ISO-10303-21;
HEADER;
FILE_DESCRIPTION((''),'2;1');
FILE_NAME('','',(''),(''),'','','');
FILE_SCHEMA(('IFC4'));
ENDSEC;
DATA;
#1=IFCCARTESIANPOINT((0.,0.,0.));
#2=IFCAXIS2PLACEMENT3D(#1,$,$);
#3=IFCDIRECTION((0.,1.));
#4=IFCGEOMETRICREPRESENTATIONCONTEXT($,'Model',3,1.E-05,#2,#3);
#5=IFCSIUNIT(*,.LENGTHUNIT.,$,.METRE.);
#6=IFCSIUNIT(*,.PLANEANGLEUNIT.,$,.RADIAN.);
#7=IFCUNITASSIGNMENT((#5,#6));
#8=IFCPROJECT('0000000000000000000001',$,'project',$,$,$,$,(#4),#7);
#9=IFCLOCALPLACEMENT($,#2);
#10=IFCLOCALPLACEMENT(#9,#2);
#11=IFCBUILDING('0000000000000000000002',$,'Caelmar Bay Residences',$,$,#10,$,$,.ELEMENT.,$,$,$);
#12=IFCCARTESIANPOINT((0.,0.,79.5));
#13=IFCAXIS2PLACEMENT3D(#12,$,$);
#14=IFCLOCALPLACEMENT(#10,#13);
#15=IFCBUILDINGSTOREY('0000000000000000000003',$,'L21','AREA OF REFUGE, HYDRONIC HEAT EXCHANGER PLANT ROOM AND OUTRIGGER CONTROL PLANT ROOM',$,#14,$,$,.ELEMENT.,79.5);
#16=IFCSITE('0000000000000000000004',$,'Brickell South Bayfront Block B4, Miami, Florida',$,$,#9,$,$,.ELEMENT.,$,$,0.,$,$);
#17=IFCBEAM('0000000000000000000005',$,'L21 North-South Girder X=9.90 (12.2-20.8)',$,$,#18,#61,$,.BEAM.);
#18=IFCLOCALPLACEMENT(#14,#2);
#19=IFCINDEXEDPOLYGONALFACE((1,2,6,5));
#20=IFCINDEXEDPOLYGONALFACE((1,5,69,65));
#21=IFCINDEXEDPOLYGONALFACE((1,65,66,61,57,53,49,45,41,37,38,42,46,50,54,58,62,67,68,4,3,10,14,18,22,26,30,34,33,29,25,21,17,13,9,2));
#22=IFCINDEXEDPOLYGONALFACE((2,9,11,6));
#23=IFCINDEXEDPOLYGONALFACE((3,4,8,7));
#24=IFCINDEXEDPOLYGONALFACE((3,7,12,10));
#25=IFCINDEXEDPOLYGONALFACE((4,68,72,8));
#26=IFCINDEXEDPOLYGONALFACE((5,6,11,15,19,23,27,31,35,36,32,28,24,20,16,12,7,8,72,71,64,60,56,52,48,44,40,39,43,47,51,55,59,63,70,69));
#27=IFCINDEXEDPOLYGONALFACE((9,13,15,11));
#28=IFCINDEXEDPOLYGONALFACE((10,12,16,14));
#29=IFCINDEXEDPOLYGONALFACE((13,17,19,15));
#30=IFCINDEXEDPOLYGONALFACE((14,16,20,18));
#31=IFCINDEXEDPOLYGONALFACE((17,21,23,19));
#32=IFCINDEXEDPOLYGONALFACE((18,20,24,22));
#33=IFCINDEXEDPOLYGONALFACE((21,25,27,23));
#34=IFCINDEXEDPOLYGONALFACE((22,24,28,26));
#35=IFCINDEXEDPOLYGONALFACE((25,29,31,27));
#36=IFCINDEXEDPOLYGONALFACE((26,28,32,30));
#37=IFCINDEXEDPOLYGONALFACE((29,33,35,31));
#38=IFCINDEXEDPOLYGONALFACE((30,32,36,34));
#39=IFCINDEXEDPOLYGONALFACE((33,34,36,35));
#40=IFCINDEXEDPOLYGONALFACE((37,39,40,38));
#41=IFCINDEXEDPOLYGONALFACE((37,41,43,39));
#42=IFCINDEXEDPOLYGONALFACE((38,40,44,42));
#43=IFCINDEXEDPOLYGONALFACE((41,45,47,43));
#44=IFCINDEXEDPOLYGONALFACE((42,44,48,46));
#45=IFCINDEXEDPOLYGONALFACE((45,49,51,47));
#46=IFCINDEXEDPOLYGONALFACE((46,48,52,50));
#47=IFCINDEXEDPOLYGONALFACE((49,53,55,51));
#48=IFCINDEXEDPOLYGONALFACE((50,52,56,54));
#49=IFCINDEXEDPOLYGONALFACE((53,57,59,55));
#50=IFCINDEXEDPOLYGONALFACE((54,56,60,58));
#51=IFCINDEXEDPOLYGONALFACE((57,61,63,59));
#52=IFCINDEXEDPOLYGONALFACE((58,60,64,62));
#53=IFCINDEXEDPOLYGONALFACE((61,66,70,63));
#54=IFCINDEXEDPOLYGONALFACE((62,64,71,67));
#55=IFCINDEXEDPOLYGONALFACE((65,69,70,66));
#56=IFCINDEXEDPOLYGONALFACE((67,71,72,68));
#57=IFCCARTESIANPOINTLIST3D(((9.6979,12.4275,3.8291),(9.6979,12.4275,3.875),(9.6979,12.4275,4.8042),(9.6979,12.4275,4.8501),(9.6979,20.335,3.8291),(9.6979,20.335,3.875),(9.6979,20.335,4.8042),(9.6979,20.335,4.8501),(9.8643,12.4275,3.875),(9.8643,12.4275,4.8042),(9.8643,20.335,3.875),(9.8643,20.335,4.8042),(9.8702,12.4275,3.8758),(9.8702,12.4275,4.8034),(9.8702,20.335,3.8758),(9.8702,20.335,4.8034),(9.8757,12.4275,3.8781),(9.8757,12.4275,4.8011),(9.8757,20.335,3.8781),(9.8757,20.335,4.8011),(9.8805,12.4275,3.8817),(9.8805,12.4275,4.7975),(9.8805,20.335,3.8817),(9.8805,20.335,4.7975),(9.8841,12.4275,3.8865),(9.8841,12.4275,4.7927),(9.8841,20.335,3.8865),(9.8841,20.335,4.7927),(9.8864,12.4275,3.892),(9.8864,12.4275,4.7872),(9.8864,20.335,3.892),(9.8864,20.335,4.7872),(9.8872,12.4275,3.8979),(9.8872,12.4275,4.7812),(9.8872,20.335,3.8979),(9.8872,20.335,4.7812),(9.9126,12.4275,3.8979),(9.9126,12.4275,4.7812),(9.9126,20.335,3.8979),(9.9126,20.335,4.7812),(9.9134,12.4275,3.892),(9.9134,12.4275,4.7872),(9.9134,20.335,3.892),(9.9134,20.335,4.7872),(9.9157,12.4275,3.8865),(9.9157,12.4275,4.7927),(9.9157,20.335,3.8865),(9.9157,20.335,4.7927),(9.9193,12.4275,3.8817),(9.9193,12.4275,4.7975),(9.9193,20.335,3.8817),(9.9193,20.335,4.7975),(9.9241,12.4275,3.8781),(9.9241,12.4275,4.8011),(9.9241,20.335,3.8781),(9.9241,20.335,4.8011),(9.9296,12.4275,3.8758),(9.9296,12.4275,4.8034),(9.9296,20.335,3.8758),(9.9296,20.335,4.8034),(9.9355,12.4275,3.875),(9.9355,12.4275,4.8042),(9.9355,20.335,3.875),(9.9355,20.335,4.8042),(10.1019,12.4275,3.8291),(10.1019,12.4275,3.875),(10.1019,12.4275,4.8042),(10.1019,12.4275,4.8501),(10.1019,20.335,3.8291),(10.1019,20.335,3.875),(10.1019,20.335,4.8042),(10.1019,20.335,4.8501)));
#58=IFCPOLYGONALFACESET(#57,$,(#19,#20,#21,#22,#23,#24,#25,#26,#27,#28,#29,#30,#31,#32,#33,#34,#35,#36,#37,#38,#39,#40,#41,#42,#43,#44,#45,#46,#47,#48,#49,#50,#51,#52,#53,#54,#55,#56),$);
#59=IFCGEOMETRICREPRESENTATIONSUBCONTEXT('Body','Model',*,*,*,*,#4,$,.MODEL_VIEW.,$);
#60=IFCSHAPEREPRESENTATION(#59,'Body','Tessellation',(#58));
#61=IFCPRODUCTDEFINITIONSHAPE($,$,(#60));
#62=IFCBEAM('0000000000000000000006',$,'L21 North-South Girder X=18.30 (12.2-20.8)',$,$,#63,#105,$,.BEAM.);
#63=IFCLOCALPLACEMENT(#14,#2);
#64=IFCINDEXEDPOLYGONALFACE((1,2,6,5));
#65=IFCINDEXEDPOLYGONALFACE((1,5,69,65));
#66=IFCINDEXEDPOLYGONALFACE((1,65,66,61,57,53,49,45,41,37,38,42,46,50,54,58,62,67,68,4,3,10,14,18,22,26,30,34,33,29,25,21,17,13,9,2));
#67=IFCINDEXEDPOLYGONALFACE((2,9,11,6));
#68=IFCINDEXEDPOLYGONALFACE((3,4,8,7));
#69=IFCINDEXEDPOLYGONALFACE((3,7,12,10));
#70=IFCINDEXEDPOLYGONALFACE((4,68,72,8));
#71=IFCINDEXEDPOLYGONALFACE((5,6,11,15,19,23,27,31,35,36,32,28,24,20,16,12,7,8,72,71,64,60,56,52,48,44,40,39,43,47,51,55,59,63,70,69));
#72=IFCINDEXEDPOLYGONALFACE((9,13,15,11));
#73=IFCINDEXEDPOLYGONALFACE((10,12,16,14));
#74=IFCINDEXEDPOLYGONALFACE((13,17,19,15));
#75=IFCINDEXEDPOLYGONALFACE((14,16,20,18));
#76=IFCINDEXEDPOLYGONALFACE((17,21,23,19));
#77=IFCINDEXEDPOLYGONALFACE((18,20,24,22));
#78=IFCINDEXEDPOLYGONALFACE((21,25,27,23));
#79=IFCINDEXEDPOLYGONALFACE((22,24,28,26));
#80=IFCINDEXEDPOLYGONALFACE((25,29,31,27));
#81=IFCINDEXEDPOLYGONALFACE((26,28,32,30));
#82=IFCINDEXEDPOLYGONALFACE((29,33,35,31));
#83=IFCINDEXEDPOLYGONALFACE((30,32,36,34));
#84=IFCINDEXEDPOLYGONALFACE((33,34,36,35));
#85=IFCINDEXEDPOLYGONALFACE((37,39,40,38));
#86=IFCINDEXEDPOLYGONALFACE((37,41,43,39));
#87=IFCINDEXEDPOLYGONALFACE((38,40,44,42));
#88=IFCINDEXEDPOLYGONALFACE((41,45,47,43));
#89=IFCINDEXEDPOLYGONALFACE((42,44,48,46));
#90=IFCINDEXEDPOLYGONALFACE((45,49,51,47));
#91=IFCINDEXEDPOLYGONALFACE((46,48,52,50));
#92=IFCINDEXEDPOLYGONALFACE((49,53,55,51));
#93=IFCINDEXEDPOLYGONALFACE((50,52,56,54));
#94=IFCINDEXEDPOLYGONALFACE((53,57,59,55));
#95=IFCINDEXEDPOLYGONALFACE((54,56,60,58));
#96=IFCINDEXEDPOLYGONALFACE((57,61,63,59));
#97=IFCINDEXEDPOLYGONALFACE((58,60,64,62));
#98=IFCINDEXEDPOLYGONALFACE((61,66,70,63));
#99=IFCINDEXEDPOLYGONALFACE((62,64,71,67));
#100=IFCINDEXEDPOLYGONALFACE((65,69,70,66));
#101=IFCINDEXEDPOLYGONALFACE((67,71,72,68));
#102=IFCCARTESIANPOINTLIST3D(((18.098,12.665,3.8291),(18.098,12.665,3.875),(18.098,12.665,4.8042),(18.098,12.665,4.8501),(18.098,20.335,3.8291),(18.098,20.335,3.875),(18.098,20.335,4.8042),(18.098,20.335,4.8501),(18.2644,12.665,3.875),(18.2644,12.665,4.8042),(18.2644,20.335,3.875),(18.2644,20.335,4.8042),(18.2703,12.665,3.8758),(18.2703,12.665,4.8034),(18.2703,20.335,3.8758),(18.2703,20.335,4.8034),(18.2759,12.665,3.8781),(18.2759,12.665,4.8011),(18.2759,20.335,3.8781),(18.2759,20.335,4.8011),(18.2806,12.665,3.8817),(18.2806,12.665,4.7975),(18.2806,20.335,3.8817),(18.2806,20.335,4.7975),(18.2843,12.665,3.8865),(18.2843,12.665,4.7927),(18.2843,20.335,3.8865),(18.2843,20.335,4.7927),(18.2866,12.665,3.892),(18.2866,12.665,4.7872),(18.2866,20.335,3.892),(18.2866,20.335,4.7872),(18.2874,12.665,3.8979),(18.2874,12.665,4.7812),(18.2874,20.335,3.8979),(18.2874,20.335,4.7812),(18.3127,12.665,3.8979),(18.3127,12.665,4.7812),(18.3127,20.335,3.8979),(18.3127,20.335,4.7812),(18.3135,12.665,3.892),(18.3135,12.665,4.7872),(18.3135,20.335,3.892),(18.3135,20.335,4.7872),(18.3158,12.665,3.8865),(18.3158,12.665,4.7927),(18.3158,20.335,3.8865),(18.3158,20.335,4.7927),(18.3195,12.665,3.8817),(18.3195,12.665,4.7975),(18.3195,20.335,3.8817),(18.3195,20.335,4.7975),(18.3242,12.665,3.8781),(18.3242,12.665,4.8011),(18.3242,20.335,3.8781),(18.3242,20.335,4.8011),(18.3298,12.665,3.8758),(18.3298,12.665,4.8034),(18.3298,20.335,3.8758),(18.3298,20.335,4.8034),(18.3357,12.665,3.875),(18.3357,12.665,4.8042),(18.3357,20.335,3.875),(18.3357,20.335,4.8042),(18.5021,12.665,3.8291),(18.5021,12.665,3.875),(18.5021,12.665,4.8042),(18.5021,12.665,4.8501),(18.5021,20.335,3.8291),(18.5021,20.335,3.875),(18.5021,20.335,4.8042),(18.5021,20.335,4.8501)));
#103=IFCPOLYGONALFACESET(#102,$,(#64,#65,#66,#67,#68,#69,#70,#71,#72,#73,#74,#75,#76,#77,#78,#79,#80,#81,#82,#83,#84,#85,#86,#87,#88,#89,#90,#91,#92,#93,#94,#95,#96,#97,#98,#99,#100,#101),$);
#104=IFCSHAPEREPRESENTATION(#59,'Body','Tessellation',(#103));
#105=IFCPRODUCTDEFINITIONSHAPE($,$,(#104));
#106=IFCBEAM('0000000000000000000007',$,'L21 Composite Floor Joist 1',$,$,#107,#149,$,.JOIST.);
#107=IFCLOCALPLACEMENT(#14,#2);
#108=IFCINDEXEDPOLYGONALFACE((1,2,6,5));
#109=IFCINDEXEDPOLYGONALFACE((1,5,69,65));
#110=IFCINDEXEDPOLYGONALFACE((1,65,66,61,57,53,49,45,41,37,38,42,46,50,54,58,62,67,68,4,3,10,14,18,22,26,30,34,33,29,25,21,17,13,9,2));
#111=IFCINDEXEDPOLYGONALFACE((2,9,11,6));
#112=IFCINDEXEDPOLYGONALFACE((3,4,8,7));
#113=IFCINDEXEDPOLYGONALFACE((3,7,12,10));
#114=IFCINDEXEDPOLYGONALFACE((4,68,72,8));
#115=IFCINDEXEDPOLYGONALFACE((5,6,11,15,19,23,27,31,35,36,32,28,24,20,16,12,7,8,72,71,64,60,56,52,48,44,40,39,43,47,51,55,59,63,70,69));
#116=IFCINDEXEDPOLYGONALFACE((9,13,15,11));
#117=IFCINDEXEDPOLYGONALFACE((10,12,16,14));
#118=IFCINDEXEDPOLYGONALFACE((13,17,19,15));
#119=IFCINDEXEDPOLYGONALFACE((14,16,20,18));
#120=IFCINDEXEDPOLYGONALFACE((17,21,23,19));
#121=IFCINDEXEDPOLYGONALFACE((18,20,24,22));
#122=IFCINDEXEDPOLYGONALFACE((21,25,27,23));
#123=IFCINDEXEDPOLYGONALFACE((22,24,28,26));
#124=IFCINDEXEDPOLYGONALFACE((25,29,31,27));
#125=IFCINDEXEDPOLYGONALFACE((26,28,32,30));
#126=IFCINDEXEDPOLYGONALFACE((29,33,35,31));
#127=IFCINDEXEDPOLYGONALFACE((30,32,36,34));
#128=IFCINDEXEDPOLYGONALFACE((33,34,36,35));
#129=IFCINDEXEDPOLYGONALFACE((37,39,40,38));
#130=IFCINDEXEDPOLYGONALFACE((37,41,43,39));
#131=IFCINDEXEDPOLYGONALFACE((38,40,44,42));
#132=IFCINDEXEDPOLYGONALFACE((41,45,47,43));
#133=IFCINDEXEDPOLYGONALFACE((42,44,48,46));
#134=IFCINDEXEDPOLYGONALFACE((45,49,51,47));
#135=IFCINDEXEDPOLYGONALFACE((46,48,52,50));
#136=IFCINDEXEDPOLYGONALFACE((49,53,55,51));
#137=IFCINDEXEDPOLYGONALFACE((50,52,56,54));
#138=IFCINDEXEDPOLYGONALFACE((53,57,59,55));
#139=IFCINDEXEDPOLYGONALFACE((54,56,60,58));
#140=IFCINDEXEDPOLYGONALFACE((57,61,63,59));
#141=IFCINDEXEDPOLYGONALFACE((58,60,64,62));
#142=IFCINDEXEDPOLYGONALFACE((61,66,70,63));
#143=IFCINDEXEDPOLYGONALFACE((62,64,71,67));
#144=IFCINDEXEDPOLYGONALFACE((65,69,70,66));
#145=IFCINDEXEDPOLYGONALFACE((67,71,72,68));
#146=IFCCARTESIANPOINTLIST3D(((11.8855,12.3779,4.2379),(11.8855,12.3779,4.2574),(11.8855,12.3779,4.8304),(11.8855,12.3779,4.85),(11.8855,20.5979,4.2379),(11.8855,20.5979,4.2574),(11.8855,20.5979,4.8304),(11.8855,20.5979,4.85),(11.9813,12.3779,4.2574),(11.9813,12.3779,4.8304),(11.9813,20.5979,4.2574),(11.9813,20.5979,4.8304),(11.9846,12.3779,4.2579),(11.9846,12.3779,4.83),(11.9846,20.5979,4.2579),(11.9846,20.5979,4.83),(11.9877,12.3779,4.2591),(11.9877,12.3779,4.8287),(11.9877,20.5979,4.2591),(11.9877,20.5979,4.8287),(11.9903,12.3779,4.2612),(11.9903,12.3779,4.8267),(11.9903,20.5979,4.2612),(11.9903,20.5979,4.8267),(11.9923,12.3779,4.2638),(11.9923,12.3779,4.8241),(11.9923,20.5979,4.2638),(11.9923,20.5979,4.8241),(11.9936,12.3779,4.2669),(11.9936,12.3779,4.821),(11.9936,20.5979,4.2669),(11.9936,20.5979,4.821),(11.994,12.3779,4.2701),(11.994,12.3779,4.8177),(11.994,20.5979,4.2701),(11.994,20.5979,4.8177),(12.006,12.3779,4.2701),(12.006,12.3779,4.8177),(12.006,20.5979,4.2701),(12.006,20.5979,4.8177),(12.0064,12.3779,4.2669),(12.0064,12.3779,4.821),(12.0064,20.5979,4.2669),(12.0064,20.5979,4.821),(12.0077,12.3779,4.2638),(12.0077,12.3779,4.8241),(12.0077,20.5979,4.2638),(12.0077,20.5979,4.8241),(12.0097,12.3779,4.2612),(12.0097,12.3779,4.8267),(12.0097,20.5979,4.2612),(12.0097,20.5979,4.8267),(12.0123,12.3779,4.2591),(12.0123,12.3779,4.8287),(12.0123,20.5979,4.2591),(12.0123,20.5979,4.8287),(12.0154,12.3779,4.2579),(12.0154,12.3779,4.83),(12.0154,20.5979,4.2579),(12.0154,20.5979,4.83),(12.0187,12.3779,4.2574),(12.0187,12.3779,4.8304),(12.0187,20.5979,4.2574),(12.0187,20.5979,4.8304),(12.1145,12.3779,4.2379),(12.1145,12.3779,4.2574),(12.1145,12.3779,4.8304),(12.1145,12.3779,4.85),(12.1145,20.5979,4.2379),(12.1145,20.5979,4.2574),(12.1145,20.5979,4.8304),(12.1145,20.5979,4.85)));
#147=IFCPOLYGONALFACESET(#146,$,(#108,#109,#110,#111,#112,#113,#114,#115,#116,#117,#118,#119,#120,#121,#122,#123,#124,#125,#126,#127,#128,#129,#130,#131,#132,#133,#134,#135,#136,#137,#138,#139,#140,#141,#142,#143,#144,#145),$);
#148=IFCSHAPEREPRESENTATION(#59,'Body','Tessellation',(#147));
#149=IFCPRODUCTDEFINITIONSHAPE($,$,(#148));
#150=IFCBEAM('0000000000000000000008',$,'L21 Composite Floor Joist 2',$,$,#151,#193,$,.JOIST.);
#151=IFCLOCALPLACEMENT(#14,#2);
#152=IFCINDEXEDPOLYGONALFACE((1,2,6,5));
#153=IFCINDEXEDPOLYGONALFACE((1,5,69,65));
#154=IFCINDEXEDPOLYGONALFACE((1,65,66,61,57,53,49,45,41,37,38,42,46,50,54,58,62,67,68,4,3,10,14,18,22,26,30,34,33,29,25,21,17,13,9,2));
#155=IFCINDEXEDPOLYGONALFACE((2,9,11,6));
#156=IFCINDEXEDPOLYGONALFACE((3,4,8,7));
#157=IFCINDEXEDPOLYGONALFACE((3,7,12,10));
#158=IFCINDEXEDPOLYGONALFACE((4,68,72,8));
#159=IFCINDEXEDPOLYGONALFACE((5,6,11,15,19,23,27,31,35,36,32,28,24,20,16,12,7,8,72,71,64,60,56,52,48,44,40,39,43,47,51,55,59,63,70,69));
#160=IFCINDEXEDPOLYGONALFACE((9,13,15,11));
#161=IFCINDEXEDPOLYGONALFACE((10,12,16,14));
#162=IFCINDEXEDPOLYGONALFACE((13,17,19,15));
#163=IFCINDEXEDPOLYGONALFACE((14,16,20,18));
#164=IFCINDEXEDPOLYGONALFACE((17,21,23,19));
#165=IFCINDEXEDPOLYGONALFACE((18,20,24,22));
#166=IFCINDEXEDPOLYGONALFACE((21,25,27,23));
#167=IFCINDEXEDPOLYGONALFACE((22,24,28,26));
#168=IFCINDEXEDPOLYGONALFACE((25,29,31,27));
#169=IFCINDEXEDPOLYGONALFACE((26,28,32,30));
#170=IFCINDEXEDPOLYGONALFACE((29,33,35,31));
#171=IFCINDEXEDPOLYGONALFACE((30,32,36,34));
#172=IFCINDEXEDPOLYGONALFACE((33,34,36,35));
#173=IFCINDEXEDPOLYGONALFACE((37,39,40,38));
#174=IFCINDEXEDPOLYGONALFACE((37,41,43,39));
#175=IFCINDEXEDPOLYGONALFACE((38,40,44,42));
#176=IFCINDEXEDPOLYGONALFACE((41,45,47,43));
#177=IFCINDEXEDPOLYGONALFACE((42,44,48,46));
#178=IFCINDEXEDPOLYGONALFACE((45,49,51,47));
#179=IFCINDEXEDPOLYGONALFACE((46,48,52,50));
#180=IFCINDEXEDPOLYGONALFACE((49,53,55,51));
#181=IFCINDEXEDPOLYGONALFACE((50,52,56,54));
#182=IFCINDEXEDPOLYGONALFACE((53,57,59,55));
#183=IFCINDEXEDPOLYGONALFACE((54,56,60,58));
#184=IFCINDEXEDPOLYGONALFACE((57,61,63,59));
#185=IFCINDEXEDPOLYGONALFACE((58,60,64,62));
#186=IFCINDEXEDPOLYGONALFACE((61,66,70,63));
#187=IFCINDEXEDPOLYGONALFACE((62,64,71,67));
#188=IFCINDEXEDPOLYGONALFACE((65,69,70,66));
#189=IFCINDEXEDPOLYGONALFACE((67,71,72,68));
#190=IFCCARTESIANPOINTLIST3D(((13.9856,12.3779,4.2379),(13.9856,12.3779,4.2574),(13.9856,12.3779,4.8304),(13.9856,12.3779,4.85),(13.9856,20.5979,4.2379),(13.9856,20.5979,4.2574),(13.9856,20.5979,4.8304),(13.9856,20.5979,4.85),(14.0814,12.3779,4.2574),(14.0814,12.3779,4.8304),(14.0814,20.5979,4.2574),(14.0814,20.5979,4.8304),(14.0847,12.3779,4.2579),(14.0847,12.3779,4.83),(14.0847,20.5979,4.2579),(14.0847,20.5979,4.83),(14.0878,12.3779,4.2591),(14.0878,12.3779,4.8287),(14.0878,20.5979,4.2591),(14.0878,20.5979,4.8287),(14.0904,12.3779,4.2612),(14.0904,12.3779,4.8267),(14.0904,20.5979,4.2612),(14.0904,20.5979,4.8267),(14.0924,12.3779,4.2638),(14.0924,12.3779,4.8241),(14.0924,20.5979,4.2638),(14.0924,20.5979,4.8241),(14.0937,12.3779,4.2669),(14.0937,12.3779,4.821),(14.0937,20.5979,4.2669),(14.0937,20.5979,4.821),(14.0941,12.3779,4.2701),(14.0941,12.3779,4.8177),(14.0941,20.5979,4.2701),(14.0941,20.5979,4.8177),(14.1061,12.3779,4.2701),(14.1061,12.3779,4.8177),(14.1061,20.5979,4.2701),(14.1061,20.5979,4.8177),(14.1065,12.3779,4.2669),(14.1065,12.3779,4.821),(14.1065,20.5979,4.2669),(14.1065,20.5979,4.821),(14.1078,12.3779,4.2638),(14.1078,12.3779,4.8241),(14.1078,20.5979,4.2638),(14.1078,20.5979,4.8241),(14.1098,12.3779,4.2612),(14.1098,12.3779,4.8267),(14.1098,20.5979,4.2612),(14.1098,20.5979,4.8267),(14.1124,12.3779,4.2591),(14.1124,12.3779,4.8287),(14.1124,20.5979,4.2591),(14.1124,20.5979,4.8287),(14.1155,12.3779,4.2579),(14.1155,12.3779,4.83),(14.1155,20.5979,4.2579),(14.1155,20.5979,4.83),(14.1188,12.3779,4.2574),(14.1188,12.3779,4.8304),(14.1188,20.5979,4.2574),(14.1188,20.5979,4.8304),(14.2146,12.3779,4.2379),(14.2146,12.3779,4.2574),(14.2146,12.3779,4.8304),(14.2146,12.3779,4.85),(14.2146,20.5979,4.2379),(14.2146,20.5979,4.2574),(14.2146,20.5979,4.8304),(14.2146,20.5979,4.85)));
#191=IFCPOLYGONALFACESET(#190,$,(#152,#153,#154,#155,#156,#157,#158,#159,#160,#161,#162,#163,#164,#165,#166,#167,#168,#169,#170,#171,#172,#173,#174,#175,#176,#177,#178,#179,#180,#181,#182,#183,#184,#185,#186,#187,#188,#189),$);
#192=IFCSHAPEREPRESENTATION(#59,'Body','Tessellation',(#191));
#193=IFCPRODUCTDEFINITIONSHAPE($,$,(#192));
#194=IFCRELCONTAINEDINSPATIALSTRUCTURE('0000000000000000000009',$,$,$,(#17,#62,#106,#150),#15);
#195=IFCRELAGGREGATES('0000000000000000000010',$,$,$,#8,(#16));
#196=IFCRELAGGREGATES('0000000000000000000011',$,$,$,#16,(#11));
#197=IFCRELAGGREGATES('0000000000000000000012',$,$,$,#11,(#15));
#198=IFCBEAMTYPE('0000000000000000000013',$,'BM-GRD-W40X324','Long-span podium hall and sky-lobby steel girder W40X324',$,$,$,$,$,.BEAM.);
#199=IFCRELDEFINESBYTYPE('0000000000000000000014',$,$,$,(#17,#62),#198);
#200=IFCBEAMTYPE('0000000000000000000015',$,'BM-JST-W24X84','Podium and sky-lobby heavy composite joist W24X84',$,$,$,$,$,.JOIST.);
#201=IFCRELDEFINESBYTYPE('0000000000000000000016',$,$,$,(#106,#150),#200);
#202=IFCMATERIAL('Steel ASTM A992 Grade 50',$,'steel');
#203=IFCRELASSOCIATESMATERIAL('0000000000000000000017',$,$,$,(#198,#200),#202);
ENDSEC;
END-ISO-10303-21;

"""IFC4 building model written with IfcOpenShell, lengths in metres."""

from ifc_helpers import new_model, si_unit, direction, frame, origin, origin_2d, place, context, subcontext, project, spatial, i_section, extrude, material, material_profile, profile_set, type_object, element, save


model = new_model("IFC4")

# Units and contexts
model_context = context("Model", 3, precision=1e-05, world=origin(), true_north=direction((0.0, 1.0)))
body_context = subcontext(model_context, "Body", "Model", "MODEL_VIEW")
ifc_project = project(units=[si_unit("LENGTHUNIT", "METRE"), si_unit("PLANEANGLEUNIT", "RADIAN")], contexts=[model_context])

# Site, building, storey
site_placement = place(None, origin())
site = spatial("IfcSite", under=ifc_project, at=site_placement, Name="Brickell South Bayfront Block B4, Miami, Florida", CompositionType="ELEMENT", RefElevation=0.0)
building_placement = place(site_placement, origin())
building = spatial("IfcBuilding", under=site, at=building_placement, Name="Caelmar Bay Residences", CompositionType="ELEMENT")
storey_placement = place(building_placement, frame((0.0, 0.0, 79.5)))
storey = spatial("IfcBuildingStorey", under=building, at=storey_placement, Name="L21", Description="AREA OF REFUGE, HYDRONIC HEAT EXCHANGER PLANT ROOM AND OUTRIGGER CONTROL PLANT ROOM", CompositionType="ELEMENT", Elevation=79.5)

# Shared definitions
ifc_material_1 = material(Name="Steel ASTM A992 Grade 50", Category="steel")

# Beams
ifc_material_profile_1 = material_profile(ifc_material_1, i_section(OverallWidth=0.4041, OverallDepth=1.021, WebThickness=0.0254, FlangeThickness=0.0459, FilletRadius=0.0229, at=origin_2d()), Name="W40X324")
ifc_profile_set_1 = profile_set([ifc_material_profile_1], Name="Steel ASTM A992 Grade 50")
beam_type_1 = type_object("IfcBeamType", Name="BM-GRD-W40X324", Description="Long-span podium hall and sky-lobby steel girder W40X324", PredefinedType="BEAM", material=ifc_profile_set_1)
beam_1_placement = place(storey_placement, frame((9.8999, 12.4275, 4.3396), z_axis=(0.0, 1.0, 0.0), x_axis=(-1.0, 0.0, 0.0)))
element("IfcBeam", 1, at=beam_1_placement, inside=storey, type_object=beam_type_1, Name="L21 North-South Girder X=9.90 (12.2-20.8)", PredefinedType="BEAM", context=body_context, shape_type="SweptSolid", body=[
    extrude(i_section(OverallWidth=0.4041, OverallDepth=1.021, WebThickness=0.0254, FlangeThickness=0.0459, FilletRadius=0.0229, at=origin_2d()), origin(), (0.0, 0.0, 1.0), 7.9075),
])
beam_2_placement = place(storey_placement, frame((18.3, 12.665, 4.3396), z_axis=(0.0, 1.0, 0.0), x_axis=(-1.0, 0.0, 0.0)))
element("IfcBeam", 2, at=beam_2_placement, inside=storey, type_object=beam_type_1, Name="L21 North-South Girder X=18.30 (12.2-20.8)", PredefinedType="BEAM", context=body_context, shape_type="SweptSolid", body=[
    extrude(i_section(OverallWidth=0.4041, OverallDepth=1.021, WebThickness=0.0254, FlangeThickness=0.0459, FilletRadius=0.0229, at=origin_2d()), origin(), (0.0, 0.0, 1.0), 7.6699),
])
ifc_material_profile_2 = material_profile(ifc_material_1, i_section(OverallWidth=0.229, OverallDepth=0.6121, WebThickness=0.012, FlangeThickness=0.0195, FilletRadius=0.0127, at=origin_2d()), Name="W24X84")
ifc_profile_set_2 = profile_set([ifc_material_profile_2], Name="Steel ASTM A992 Grade 50")
beam_type_2 = type_object("IfcBeamType", Name="BM-JST-W24X84", Description="Podium and sky-lobby heavy composite joist W24X84", PredefinedType="JOIST", material=ifc_profile_set_2)
for number, where, z_axis, x_axis, name in (
    (3, (12.0, 12.3779, 4.5439), (0.0, 1.0, 0.0), (-1.0, 0.0, 0.0), "L21 Composite Floor Joist 1"),
    (4, (14.1001, 12.3779, 4.5439), (0.0, 1.0, 0.0), (-1.0, 0.0, 0.0), "L21 Composite Floor Joist 2"),
):
    element("IfcBeam", number, at=place(storey_placement, frame(where, z_axis=z_axis, x_axis=x_axis)), inside=storey, type_object=beam_type_2, Name=name, PredefinedType="JOIST", context=body_context, shape_type="SweptSolid", body=[
        extrude(i_section(OverallWidth=0.229, OverallDepth=0.6121, WebThickness=0.012, FlangeThickness=0.0195, FilletRadius=0.0127, at=origin_2d()), origin(), (0.0, 0.0, 1.0), 8.22),
    ])

save(model, "model.ifc")
